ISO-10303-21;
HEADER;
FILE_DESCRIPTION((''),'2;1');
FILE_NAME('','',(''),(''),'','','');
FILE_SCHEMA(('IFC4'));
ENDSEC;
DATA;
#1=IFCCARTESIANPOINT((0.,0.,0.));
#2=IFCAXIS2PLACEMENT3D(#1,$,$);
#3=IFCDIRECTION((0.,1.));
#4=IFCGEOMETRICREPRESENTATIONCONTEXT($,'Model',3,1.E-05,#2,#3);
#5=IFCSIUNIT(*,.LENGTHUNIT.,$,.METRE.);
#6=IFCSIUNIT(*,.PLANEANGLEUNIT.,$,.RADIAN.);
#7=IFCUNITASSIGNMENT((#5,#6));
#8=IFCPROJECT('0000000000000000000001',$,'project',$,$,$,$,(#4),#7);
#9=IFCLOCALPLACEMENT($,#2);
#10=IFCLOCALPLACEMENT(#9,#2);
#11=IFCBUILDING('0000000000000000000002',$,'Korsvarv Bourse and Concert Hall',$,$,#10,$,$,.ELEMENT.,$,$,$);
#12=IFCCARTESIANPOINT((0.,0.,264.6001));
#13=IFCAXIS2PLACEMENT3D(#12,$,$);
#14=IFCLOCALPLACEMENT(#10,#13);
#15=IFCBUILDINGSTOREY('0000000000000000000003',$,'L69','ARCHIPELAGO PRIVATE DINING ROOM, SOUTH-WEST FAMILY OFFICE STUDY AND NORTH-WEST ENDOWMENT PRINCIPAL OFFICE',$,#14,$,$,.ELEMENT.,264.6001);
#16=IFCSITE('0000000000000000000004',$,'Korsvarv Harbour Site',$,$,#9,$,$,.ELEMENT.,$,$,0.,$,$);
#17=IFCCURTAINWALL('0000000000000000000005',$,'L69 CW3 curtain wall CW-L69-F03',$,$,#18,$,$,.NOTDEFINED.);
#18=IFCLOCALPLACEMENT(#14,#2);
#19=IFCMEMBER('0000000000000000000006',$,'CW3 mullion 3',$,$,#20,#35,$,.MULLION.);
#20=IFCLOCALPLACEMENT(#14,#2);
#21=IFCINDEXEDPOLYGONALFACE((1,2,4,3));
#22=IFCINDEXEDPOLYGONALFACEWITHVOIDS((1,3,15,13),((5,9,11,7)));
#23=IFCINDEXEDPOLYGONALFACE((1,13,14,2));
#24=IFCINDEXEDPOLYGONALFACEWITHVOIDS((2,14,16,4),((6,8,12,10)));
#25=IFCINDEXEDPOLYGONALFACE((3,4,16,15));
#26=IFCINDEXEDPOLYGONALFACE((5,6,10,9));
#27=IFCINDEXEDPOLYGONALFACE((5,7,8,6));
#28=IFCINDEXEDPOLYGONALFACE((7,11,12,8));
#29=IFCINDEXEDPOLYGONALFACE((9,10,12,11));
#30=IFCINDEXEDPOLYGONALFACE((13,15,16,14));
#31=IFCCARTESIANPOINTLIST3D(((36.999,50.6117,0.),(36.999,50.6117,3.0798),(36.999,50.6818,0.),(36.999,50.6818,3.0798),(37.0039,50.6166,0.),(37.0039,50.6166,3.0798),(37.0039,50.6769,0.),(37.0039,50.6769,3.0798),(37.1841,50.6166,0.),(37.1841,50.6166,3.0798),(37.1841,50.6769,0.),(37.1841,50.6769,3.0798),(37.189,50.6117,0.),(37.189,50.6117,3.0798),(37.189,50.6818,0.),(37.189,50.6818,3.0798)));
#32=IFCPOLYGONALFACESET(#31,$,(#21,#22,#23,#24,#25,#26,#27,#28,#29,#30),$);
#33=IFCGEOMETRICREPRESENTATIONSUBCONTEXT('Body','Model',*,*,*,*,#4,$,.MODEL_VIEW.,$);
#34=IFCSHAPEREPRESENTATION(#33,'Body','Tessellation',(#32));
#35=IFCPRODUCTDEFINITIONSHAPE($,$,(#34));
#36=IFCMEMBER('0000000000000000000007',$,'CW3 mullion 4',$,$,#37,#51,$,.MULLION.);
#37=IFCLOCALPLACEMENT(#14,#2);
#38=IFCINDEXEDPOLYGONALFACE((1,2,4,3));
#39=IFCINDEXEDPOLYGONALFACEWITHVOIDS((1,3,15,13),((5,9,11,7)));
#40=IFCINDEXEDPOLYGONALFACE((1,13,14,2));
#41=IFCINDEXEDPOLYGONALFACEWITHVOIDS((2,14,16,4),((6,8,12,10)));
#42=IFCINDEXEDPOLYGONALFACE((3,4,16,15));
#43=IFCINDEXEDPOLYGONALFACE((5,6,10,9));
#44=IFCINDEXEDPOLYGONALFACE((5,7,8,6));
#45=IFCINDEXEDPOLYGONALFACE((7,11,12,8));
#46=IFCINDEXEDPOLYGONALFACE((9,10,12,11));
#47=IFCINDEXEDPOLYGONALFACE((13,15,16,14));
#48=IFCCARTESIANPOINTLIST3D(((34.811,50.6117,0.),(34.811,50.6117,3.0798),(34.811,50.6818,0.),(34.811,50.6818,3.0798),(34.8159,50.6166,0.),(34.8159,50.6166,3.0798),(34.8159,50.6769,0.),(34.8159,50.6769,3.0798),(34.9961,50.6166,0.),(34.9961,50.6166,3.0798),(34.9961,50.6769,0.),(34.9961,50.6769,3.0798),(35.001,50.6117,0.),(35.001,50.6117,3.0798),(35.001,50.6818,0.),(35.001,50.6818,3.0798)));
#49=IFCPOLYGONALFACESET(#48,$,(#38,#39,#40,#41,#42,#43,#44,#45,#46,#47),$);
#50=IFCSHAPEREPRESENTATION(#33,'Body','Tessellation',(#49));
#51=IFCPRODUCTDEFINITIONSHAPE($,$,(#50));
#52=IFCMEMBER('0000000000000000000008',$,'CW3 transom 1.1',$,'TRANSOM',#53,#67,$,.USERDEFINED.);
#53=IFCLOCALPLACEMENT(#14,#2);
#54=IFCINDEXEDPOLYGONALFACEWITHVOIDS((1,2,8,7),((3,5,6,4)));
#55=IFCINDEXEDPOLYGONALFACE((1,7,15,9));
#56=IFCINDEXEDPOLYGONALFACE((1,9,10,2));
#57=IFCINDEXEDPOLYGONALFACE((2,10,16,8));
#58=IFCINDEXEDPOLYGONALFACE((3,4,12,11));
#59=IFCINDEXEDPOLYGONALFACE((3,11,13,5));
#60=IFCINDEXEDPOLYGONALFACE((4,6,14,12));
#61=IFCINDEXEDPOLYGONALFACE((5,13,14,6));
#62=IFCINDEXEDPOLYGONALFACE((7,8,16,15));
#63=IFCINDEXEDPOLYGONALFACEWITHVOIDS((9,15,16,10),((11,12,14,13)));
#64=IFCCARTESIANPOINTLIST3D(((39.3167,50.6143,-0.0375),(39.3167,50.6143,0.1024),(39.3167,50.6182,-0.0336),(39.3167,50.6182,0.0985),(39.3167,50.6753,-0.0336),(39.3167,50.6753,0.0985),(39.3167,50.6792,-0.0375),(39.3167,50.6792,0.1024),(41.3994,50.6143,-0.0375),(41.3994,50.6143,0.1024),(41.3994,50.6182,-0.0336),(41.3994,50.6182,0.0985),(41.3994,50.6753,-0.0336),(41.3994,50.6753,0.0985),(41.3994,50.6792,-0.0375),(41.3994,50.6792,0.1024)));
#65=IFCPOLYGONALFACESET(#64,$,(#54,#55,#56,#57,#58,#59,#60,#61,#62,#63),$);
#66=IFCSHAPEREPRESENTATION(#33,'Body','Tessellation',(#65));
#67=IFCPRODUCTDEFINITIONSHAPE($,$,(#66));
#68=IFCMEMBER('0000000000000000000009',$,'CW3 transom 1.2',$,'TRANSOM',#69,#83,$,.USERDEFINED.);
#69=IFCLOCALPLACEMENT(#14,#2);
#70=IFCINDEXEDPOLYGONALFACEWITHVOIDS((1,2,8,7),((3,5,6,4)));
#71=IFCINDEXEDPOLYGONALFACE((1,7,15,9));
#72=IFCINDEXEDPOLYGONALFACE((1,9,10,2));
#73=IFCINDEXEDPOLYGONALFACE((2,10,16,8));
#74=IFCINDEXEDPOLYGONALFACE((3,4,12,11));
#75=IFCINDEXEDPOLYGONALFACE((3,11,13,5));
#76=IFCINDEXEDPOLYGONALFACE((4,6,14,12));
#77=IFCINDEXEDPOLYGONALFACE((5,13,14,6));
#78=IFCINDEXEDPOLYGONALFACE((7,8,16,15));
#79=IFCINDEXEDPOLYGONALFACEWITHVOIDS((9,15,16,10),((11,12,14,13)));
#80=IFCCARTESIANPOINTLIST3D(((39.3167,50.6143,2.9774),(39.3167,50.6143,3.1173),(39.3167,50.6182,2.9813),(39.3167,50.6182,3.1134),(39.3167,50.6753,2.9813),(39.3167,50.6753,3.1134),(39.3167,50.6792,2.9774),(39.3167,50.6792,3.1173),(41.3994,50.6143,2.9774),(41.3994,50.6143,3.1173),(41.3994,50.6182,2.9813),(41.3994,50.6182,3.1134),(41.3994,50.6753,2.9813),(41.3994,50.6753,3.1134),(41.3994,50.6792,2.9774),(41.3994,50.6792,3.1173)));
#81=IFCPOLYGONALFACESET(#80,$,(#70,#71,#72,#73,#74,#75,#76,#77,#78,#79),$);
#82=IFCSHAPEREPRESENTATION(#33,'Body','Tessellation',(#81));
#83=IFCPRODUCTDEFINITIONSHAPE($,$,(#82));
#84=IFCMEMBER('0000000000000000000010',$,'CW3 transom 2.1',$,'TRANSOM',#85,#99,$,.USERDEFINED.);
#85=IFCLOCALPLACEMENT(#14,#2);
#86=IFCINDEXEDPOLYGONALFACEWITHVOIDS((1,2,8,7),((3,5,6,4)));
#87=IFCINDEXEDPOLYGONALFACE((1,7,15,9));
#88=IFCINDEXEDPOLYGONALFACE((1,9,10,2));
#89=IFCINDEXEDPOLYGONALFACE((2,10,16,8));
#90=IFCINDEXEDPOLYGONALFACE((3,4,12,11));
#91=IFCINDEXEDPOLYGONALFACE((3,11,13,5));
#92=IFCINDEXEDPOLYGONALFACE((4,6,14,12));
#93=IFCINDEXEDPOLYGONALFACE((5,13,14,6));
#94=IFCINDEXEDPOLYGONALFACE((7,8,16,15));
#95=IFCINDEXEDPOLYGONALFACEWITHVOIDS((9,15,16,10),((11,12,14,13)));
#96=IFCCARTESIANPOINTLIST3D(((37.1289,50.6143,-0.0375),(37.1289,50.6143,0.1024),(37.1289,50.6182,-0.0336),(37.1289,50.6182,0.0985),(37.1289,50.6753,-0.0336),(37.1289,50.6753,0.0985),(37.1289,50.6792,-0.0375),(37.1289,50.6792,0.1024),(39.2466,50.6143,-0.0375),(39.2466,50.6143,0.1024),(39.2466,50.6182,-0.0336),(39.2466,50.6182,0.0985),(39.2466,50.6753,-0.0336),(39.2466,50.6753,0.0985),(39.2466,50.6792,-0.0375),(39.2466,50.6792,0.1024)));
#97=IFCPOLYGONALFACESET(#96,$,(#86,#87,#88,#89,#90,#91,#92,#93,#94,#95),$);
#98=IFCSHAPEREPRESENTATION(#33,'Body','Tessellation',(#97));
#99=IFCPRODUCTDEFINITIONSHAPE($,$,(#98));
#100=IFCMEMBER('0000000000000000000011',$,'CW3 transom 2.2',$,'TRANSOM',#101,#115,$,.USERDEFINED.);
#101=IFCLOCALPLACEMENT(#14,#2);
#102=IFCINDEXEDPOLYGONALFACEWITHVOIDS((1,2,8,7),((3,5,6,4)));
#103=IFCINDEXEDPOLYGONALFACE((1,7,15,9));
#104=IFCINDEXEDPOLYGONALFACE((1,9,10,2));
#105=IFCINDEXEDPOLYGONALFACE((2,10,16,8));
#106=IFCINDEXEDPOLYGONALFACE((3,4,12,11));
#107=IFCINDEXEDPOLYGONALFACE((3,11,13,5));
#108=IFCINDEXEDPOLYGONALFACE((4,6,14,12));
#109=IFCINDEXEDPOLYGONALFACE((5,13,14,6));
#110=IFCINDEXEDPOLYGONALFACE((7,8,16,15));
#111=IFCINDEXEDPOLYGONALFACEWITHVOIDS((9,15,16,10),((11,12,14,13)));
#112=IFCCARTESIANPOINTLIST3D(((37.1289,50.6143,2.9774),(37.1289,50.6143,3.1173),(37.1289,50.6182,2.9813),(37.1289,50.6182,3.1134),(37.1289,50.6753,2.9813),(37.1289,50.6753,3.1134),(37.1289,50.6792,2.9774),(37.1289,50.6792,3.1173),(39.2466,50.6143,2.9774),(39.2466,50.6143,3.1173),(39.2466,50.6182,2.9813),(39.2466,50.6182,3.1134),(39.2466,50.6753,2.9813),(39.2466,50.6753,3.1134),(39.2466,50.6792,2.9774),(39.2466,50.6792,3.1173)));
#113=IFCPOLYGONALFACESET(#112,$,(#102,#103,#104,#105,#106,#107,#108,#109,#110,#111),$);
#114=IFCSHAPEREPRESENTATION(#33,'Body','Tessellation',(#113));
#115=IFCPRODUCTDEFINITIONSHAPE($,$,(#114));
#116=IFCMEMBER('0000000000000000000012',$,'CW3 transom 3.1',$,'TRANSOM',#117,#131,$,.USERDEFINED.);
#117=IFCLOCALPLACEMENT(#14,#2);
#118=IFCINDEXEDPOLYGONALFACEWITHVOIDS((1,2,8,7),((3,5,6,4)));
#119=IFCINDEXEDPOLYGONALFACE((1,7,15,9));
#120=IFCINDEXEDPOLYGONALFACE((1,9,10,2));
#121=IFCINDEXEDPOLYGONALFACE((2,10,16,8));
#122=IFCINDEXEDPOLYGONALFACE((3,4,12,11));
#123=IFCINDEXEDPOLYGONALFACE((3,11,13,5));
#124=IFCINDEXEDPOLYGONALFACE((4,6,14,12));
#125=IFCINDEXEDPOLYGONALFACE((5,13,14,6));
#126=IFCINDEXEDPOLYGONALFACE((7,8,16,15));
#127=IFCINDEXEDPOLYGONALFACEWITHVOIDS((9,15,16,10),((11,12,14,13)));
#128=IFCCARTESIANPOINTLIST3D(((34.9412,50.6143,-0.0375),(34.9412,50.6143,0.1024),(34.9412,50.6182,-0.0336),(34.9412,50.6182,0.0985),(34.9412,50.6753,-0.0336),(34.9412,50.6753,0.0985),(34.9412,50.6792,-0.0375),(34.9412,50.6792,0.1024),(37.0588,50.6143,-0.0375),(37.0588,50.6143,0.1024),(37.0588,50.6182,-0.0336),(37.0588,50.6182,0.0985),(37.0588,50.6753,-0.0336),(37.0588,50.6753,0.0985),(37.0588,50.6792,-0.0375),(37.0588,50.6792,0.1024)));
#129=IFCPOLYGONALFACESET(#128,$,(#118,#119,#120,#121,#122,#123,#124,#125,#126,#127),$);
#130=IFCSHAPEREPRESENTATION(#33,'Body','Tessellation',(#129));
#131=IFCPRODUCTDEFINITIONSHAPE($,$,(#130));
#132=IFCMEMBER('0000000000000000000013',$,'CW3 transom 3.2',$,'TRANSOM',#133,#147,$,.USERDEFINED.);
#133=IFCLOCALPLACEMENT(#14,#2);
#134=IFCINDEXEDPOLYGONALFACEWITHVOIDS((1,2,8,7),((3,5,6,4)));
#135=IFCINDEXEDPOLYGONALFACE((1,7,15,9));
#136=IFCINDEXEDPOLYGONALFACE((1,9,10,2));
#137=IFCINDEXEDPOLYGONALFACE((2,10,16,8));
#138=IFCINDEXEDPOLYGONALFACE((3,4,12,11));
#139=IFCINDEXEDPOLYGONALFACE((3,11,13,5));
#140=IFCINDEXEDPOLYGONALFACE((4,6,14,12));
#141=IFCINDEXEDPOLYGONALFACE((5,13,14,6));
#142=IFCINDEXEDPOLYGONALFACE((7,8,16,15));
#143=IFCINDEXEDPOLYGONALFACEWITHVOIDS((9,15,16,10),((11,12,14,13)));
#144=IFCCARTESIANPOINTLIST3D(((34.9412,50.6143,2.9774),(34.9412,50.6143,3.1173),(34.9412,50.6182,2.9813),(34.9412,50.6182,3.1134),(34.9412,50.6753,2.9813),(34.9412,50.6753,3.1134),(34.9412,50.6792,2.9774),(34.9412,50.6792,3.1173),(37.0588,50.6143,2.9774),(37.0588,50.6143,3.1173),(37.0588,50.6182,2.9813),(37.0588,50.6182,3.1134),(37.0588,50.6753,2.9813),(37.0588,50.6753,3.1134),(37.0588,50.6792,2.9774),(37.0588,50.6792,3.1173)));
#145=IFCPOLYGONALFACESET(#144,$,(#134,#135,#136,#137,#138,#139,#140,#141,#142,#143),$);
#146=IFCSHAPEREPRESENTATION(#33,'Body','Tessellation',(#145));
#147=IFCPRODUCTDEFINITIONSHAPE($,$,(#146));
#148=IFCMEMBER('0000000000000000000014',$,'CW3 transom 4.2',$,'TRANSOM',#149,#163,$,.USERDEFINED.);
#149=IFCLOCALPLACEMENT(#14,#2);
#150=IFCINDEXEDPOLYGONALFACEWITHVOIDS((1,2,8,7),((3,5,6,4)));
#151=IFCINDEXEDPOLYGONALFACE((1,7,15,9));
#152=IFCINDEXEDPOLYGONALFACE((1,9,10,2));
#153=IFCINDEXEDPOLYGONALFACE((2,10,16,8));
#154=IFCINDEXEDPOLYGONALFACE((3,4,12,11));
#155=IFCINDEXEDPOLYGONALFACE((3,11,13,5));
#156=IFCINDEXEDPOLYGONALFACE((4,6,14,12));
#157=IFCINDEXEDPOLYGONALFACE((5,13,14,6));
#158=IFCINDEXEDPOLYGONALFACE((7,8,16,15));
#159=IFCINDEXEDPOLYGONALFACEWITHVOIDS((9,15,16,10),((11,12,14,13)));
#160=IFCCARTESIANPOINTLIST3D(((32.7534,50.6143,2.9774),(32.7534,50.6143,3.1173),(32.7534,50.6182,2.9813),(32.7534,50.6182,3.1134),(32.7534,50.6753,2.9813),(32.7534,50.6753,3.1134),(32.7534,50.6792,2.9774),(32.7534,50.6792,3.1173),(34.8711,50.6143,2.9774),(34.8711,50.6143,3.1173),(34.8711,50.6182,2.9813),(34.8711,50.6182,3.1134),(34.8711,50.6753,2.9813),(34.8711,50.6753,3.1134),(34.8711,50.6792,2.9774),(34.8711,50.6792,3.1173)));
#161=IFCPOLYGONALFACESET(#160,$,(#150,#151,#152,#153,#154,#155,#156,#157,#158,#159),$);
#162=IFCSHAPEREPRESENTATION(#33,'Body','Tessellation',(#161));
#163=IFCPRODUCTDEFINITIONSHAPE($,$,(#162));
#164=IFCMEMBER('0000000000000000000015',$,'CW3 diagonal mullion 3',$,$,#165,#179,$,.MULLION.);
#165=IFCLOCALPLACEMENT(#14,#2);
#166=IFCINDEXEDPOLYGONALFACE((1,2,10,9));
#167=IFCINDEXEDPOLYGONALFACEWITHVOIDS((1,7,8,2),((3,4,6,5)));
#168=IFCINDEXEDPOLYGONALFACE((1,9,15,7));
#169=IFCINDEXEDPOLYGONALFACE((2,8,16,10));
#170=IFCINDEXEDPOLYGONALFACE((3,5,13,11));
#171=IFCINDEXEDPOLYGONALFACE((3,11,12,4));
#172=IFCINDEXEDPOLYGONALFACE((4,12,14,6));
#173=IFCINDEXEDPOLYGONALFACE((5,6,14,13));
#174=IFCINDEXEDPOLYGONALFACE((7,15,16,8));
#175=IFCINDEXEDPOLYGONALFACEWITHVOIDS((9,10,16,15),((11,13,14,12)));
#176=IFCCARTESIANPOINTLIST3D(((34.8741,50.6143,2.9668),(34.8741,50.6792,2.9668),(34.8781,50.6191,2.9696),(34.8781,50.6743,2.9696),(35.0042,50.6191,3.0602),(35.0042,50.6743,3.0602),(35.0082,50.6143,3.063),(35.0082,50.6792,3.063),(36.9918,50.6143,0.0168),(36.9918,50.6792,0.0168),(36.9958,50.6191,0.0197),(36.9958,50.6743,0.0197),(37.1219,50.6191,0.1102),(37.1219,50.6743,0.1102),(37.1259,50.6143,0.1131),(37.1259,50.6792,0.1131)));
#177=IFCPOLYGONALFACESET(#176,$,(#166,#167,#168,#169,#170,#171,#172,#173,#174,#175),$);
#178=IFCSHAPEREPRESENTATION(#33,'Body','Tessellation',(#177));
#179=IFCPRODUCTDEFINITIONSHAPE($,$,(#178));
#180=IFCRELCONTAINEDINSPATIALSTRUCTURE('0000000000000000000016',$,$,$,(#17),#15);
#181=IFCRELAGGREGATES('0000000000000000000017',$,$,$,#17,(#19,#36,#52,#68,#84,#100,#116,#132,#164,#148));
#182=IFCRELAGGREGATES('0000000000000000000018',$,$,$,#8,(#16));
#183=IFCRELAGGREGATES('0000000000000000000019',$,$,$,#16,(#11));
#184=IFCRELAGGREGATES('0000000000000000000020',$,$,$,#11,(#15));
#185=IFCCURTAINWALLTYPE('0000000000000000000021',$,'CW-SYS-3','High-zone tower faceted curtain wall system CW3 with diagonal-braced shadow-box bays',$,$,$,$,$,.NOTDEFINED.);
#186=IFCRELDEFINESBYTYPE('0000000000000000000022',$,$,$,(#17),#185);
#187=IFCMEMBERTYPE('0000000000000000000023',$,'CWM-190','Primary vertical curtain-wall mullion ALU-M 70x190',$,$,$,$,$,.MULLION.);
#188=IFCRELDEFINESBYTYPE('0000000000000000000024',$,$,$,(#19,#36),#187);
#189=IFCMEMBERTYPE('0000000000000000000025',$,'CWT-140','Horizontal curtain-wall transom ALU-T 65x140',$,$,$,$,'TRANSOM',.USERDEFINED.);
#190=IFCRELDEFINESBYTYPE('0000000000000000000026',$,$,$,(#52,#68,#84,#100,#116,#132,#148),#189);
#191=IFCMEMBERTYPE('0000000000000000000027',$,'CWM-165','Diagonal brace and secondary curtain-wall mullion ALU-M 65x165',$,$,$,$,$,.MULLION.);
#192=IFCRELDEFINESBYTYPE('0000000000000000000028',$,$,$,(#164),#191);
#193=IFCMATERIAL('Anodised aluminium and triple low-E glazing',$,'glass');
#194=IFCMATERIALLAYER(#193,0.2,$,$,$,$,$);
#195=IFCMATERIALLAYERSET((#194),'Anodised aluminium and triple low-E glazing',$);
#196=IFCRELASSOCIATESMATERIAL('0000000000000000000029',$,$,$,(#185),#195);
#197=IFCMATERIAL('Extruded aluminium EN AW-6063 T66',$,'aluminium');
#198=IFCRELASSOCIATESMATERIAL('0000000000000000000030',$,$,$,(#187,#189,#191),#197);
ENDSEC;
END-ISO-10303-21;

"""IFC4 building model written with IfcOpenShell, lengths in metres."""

from ifc_helpers import new_model, si_unit, direction, frame, origin, origin_2d, place, context, subcontext, project, spatial, hollow_rectangle, extrude, source, transform, mapped, material, layer, layer_set, material_profile, profile_set, type_object, element, aggregate, save


model = new_model("IFC4")

# Units and contexts
model_context = context("Model", 3, precision=1e-05, world=origin(), true_north=direction((0.0, 1.0)))
body_context = subcontext(model_context, "Body", "Model", "MODEL_VIEW")
ifc_project = project(units=[si_unit("LENGTHUNIT", "METRE"), si_unit("PLANEANGLEUNIT", "RADIAN")], contexts=[model_context])

# Site, building, storey
site_placement = place(None, origin())
site = spatial("IfcSite", under=ifc_project, at=site_placement, Name="Korsvarv Harbour Site", CompositionType="ELEMENT", RefElevation=0.0)
building_placement = place(site_placement, origin())
building = spatial("IfcBuilding", under=site, at=building_placement, Name="Korsvarv Bourse and Concert Hall", CompositionType="ELEMENT")
storey_placement = place(building_placement, frame((0.0, 0.0, 264.6001)))
storey = spatial("IfcBuildingStorey", under=building, at=storey_placement, Name="L69", Description="ARCHIPELAGO PRIVATE DINING ROOM, SOUTH-WEST FAMILY OFFICE STUDY AND NORTH-WEST ENDOWMENT PRINCIPAL OFFICE", CompositionType="ELEMENT", Elevation=264.6001)

# Curtain wall, members
ifc_material_1 = material(Name="Anodised aluminium and triple low-E glazing", Category="glass")
ifc_layer_1 = layer(ifc_material_1, 0.2)
ifc_layer_set_1 = layer_set([ifc_layer_1], Name="Anodised aluminium and triple low-E glazing")
curtain_wall_type = type_object("IfcCurtainWallType", Name="CW-SYS-3", Description="High-zone tower faceted curtain wall system CW3 with diagonal-braced shadow-box bays", PredefinedType="NOTDEFINED", material=ifc_layer_set_1)
curtain_wall_placement = place(storey_placement, origin())
curtain_wall = element("IfcCurtainWall", 1, at=curtain_wall_placement, inside=storey, type_object=curtain_wall_type, Name="L69 CW3 curtain wall CW-L69-F03", PredefinedType="NOTDEFINED")
ifc_material_2 = material(Name="Extruded aluminium EN AW-6063 T66", Category="aluminium")
ifc_material_profile_1 = material_profile(ifc_material_2, hollow_rectangle(XDim=0.0701, YDim=0.1899, WallThickness=0.0049, at=origin_2d()), Name="ALU-M 70x190")
ifc_profile_set_1 = profile_set([ifc_material_profile_1], Name="Extruded aluminium EN AW-6063 T66")
member_type_1 = type_object("IfcMemberType", Name="CWM-190", Description="Primary vertical curtain-wall mullion ALU-M 70x190", PredefinedType="MULLION", material=ifc_profile_set_1)
shared_shape_1 = source(origin(), body_context, "Body", "SweptSolid", [
    extrude(hollow_rectangle(XDim=0.0701, YDim=0.1899, WallThickness=0.0049, at=origin_2d()), origin(), (0.0, 0.0, 1.0), 3.0798),
])
member_1_placement = place(storey_placement, frame((37.094, 50.6467, 0.0), z_axis=(0.0, 0.0, 1.0), x_axis=(0.0, -1.0, 0.0)))
member_1 = element("IfcMember", 2, at=member_1_placement, type_object=member_type_1, Name="CW3 mullion 3", PredefinedType="MULLION", context=body_context, shape_type="MappedRepresentation", body=[
    mapped(shared_shape_1, transform((0.0, 0.0, 0.0), scale=1.0)),
])
member_2_placement = place(storey_placement, frame((34.906, 50.6467, 0.0), z_axis=(0.0, 0.0, 1.0), x_axis=(0.0, -1.0, 0.0)))
member_2 = element("IfcMember", 3, at=member_2_placement, type_object=member_type_1, Name="CW3 mullion 4", PredefinedType="MULLION", context=body_context, shape_type="MappedRepresentation", body=[
    mapped(shared_shape_1, transform((0.0, 0.0, 0.0), scale=1.0)),
])
ifc_material_profile_2 = material_profile(ifc_material_2, hollow_rectangle(XDim=0.0649, YDim=0.1399, WallThickness=0.0039, at=origin_2d()), Name="ALU-T 65x140")
ifc_profile_set_2 = profile_set([ifc_material_profile_2], Name="Extruded aluminium EN AW-6063 T66")
member_type_2 = type_object("IfcMemberType", Name="CWT-140", Description="Horizontal curtain-wall transom ALU-T 65x140", ElementType="TRANSOM", PredefinedType="USERDEFINED", material=ifc_profile_set_2)
shared_shape_2 = source(origin(), body_context, "Body", "SweptSolid", [
    extrude(hollow_rectangle(XDim=0.0649, YDim=0.1399, WallThickness=0.0039, at=origin_2d()), origin(), (0.0, 0.0, 1.0), 2.0828),
])
member_3_placement = place(storey_placement, frame((41.3994, 50.6467, 0.0325), z_axis=(-1.0, 0.0, 0.0), x_axis=(0.0, -1.0, 0.0)))
member_3 = element("IfcMember", 4, at=member_3_placement, type_object=member_type_2, Name="CW3 transom 1.1", ObjectType="TRANSOM", PredefinedType="USERDEFINED", context=body_context, shape_type="MappedRepresentation", body=[
    mapped(shared_shape_2, transform((0.0, 0.0, 0.0), scale=1.0)),
])
member_4_placement = place(storey_placement, frame((41.3994, 50.6467, 3.0474), z_axis=(-1.0, 0.0, 0.0), x_axis=(0.0, -1.0, 0.0)))
member_4 = element("IfcMember", 5, at=member_4_placement, type_object=member_type_2, Name="CW3 transom 1.2", ObjectType="TRANSOM", PredefinedType="USERDEFINED", context=body_context, shape_type="MappedRepresentation", body=[
    mapped(shared_shape_2, transform((0.0, 0.0, 0.0), scale=1.0)),
])
shared_shape_3 = source(origin(), body_context, "Body", "SweptSolid", [
    extrude(hollow_rectangle(XDim=0.0649, YDim=0.1399, WallThickness=0.0039, at=origin_2d()), origin(), (0.0, 0.0, 1.0), 2.1177),
])
member_5_placement = place(storey_placement, frame((39.2466, 50.6467, 0.0325), z_axis=(-1.0, 0.0, 0.0), x_axis=(0.0, -1.0, 0.0)))
member_5 = element("IfcMember", 6, at=member_5_placement, type_object=member_type_2, Name="CW3 transom 2.1", ObjectType="TRANSOM", PredefinedType="USERDEFINED", context=body_context, shape_type="MappedRepresentation", body=[
    mapped(shared_shape_3, transform((0.0, 0.0, 0.0), scale=1.0)),
])
member_6_placement = place(storey_placement, frame((39.2466, 50.6467, 3.0474), z_axis=(-1.0, 0.0, 0.0), x_axis=(0.0, -1.0, 0.0)))
member_6 = element("IfcMember", 7, at=member_6_placement, type_object=member_type_2, Name="CW3 transom 2.2", ObjectType="TRANSOM", PredefinedType="USERDEFINED", context=body_context, shape_type="MappedRepresentation", body=[
    mapped(shared_shape_3, transform((0.0, 0.0, 0.0), scale=1.0)),
])
member_7_placement = place(storey_placement, frame((37.0588, 50.6467, 0.0325), z_axis=(-1.0, 0.0, 0.0), x_axis=(0.0, -1.0, 0.0)))
member_7 = element("IfcMember", 8, at=member_7_placement, type_object=member_type_2, Name="CW3 transom 3.1", ObjectType="TRANSOM", PredefinedType="USERDEFINED", context=body_context, shape_type="MappedRepresentation", body=[
    mapped(shared_shape_3, transform((0.0, 0.0, 0.0), scale=1.0)),
])
member_8_placement = place(storey_placement, frame((37.0588, 50.6467, 3.0474), z_axis=(-1.0, 0.0, 0.0), x_axis=(0.0, -1.0, 0.0)))
member_8 = element("IfcMember", 9, at=member_8_placement, type_object=member_type_2, Name="CW3 transom 3.2", ObjectType="TRANSOM", PredefinedType="USERDEFINED", context=body_context, shape_type="MappedRepresentation", body=[
    mapped(shared_shape_3, transform((0.0, 0.0, 0.0), scale=1.0)),
])
member_9_placement = place(storey_placement, frame((34.8711, 50.6467, 3.0474), z_axis=(-1.0, 0.0, 0.0), x_axis=(0.0, -1.0, 0.0)))
member_9 = element("IfcMember", 10, at=member_9_placement, type_object=member_type_2, Name="CW3 transom 4.2", ObjectType="TRANSOM", PredefinedType="USERDEFINED", context=body_context, shape_type="MappedRepresentation", body=[
    mapped(shared_shape_3, transform((0.0, 0.0, 0.0), scale=1.0)),
])
ifc_material_profile_3 = material_profile(ifc_material_2, hollow_rectangle(XDim=0.0649, YDim=0.165, WallThickness=0.0049, at=origin_2d()), Name="ALU-M 65x165")
ifc_profile_set_3 = profile_set([ifc_material_profile_3], Name="Extruded aluminium EN AW-6063 T66")
member_type_3 = type_object("IfcMemberType", Name="CWM-165", Description="Diagonal brace and secondary curtain-wall mullion ALU-M 65x165", PredefinedType="MULLION", material=ifc_profile_set_3)
shared_shape_4 = source(origin(), body_context, "Body", "SweptSolid", [
    extrude(hollow_rectangle(XDim=0.0649, YDim=0.165, WallThickness=0.0049, at=origin_2d()), origin(), (0.0, 0.0, 1.0), 3.6313),
])
member_10_placement = place(storey_placement, frame((37.0588, 50.6467, 0.0649), z_axis=(-0.583164, 0.0, 0.812355), x_axis=(0.0, -1.0, 0.0)))
member_10 = element("IfcMember", 11, at=member_10_placement, type_object=member_type_3, Name="CW3 diagonal mullion 3", PredefinedType="MULLION", context=body_context, shape_type="MappedRepresentation", body=[
    mapped(shared_shape_4, transform((0.0, 0.0, 0.0), scale=1.0)),
])
aggregate(curtain_wall, [member_1, member_2, member_3, member_4, member_5, member_6, member_7, member_8, member_10, member_9])

save(model, "model.ifc")
